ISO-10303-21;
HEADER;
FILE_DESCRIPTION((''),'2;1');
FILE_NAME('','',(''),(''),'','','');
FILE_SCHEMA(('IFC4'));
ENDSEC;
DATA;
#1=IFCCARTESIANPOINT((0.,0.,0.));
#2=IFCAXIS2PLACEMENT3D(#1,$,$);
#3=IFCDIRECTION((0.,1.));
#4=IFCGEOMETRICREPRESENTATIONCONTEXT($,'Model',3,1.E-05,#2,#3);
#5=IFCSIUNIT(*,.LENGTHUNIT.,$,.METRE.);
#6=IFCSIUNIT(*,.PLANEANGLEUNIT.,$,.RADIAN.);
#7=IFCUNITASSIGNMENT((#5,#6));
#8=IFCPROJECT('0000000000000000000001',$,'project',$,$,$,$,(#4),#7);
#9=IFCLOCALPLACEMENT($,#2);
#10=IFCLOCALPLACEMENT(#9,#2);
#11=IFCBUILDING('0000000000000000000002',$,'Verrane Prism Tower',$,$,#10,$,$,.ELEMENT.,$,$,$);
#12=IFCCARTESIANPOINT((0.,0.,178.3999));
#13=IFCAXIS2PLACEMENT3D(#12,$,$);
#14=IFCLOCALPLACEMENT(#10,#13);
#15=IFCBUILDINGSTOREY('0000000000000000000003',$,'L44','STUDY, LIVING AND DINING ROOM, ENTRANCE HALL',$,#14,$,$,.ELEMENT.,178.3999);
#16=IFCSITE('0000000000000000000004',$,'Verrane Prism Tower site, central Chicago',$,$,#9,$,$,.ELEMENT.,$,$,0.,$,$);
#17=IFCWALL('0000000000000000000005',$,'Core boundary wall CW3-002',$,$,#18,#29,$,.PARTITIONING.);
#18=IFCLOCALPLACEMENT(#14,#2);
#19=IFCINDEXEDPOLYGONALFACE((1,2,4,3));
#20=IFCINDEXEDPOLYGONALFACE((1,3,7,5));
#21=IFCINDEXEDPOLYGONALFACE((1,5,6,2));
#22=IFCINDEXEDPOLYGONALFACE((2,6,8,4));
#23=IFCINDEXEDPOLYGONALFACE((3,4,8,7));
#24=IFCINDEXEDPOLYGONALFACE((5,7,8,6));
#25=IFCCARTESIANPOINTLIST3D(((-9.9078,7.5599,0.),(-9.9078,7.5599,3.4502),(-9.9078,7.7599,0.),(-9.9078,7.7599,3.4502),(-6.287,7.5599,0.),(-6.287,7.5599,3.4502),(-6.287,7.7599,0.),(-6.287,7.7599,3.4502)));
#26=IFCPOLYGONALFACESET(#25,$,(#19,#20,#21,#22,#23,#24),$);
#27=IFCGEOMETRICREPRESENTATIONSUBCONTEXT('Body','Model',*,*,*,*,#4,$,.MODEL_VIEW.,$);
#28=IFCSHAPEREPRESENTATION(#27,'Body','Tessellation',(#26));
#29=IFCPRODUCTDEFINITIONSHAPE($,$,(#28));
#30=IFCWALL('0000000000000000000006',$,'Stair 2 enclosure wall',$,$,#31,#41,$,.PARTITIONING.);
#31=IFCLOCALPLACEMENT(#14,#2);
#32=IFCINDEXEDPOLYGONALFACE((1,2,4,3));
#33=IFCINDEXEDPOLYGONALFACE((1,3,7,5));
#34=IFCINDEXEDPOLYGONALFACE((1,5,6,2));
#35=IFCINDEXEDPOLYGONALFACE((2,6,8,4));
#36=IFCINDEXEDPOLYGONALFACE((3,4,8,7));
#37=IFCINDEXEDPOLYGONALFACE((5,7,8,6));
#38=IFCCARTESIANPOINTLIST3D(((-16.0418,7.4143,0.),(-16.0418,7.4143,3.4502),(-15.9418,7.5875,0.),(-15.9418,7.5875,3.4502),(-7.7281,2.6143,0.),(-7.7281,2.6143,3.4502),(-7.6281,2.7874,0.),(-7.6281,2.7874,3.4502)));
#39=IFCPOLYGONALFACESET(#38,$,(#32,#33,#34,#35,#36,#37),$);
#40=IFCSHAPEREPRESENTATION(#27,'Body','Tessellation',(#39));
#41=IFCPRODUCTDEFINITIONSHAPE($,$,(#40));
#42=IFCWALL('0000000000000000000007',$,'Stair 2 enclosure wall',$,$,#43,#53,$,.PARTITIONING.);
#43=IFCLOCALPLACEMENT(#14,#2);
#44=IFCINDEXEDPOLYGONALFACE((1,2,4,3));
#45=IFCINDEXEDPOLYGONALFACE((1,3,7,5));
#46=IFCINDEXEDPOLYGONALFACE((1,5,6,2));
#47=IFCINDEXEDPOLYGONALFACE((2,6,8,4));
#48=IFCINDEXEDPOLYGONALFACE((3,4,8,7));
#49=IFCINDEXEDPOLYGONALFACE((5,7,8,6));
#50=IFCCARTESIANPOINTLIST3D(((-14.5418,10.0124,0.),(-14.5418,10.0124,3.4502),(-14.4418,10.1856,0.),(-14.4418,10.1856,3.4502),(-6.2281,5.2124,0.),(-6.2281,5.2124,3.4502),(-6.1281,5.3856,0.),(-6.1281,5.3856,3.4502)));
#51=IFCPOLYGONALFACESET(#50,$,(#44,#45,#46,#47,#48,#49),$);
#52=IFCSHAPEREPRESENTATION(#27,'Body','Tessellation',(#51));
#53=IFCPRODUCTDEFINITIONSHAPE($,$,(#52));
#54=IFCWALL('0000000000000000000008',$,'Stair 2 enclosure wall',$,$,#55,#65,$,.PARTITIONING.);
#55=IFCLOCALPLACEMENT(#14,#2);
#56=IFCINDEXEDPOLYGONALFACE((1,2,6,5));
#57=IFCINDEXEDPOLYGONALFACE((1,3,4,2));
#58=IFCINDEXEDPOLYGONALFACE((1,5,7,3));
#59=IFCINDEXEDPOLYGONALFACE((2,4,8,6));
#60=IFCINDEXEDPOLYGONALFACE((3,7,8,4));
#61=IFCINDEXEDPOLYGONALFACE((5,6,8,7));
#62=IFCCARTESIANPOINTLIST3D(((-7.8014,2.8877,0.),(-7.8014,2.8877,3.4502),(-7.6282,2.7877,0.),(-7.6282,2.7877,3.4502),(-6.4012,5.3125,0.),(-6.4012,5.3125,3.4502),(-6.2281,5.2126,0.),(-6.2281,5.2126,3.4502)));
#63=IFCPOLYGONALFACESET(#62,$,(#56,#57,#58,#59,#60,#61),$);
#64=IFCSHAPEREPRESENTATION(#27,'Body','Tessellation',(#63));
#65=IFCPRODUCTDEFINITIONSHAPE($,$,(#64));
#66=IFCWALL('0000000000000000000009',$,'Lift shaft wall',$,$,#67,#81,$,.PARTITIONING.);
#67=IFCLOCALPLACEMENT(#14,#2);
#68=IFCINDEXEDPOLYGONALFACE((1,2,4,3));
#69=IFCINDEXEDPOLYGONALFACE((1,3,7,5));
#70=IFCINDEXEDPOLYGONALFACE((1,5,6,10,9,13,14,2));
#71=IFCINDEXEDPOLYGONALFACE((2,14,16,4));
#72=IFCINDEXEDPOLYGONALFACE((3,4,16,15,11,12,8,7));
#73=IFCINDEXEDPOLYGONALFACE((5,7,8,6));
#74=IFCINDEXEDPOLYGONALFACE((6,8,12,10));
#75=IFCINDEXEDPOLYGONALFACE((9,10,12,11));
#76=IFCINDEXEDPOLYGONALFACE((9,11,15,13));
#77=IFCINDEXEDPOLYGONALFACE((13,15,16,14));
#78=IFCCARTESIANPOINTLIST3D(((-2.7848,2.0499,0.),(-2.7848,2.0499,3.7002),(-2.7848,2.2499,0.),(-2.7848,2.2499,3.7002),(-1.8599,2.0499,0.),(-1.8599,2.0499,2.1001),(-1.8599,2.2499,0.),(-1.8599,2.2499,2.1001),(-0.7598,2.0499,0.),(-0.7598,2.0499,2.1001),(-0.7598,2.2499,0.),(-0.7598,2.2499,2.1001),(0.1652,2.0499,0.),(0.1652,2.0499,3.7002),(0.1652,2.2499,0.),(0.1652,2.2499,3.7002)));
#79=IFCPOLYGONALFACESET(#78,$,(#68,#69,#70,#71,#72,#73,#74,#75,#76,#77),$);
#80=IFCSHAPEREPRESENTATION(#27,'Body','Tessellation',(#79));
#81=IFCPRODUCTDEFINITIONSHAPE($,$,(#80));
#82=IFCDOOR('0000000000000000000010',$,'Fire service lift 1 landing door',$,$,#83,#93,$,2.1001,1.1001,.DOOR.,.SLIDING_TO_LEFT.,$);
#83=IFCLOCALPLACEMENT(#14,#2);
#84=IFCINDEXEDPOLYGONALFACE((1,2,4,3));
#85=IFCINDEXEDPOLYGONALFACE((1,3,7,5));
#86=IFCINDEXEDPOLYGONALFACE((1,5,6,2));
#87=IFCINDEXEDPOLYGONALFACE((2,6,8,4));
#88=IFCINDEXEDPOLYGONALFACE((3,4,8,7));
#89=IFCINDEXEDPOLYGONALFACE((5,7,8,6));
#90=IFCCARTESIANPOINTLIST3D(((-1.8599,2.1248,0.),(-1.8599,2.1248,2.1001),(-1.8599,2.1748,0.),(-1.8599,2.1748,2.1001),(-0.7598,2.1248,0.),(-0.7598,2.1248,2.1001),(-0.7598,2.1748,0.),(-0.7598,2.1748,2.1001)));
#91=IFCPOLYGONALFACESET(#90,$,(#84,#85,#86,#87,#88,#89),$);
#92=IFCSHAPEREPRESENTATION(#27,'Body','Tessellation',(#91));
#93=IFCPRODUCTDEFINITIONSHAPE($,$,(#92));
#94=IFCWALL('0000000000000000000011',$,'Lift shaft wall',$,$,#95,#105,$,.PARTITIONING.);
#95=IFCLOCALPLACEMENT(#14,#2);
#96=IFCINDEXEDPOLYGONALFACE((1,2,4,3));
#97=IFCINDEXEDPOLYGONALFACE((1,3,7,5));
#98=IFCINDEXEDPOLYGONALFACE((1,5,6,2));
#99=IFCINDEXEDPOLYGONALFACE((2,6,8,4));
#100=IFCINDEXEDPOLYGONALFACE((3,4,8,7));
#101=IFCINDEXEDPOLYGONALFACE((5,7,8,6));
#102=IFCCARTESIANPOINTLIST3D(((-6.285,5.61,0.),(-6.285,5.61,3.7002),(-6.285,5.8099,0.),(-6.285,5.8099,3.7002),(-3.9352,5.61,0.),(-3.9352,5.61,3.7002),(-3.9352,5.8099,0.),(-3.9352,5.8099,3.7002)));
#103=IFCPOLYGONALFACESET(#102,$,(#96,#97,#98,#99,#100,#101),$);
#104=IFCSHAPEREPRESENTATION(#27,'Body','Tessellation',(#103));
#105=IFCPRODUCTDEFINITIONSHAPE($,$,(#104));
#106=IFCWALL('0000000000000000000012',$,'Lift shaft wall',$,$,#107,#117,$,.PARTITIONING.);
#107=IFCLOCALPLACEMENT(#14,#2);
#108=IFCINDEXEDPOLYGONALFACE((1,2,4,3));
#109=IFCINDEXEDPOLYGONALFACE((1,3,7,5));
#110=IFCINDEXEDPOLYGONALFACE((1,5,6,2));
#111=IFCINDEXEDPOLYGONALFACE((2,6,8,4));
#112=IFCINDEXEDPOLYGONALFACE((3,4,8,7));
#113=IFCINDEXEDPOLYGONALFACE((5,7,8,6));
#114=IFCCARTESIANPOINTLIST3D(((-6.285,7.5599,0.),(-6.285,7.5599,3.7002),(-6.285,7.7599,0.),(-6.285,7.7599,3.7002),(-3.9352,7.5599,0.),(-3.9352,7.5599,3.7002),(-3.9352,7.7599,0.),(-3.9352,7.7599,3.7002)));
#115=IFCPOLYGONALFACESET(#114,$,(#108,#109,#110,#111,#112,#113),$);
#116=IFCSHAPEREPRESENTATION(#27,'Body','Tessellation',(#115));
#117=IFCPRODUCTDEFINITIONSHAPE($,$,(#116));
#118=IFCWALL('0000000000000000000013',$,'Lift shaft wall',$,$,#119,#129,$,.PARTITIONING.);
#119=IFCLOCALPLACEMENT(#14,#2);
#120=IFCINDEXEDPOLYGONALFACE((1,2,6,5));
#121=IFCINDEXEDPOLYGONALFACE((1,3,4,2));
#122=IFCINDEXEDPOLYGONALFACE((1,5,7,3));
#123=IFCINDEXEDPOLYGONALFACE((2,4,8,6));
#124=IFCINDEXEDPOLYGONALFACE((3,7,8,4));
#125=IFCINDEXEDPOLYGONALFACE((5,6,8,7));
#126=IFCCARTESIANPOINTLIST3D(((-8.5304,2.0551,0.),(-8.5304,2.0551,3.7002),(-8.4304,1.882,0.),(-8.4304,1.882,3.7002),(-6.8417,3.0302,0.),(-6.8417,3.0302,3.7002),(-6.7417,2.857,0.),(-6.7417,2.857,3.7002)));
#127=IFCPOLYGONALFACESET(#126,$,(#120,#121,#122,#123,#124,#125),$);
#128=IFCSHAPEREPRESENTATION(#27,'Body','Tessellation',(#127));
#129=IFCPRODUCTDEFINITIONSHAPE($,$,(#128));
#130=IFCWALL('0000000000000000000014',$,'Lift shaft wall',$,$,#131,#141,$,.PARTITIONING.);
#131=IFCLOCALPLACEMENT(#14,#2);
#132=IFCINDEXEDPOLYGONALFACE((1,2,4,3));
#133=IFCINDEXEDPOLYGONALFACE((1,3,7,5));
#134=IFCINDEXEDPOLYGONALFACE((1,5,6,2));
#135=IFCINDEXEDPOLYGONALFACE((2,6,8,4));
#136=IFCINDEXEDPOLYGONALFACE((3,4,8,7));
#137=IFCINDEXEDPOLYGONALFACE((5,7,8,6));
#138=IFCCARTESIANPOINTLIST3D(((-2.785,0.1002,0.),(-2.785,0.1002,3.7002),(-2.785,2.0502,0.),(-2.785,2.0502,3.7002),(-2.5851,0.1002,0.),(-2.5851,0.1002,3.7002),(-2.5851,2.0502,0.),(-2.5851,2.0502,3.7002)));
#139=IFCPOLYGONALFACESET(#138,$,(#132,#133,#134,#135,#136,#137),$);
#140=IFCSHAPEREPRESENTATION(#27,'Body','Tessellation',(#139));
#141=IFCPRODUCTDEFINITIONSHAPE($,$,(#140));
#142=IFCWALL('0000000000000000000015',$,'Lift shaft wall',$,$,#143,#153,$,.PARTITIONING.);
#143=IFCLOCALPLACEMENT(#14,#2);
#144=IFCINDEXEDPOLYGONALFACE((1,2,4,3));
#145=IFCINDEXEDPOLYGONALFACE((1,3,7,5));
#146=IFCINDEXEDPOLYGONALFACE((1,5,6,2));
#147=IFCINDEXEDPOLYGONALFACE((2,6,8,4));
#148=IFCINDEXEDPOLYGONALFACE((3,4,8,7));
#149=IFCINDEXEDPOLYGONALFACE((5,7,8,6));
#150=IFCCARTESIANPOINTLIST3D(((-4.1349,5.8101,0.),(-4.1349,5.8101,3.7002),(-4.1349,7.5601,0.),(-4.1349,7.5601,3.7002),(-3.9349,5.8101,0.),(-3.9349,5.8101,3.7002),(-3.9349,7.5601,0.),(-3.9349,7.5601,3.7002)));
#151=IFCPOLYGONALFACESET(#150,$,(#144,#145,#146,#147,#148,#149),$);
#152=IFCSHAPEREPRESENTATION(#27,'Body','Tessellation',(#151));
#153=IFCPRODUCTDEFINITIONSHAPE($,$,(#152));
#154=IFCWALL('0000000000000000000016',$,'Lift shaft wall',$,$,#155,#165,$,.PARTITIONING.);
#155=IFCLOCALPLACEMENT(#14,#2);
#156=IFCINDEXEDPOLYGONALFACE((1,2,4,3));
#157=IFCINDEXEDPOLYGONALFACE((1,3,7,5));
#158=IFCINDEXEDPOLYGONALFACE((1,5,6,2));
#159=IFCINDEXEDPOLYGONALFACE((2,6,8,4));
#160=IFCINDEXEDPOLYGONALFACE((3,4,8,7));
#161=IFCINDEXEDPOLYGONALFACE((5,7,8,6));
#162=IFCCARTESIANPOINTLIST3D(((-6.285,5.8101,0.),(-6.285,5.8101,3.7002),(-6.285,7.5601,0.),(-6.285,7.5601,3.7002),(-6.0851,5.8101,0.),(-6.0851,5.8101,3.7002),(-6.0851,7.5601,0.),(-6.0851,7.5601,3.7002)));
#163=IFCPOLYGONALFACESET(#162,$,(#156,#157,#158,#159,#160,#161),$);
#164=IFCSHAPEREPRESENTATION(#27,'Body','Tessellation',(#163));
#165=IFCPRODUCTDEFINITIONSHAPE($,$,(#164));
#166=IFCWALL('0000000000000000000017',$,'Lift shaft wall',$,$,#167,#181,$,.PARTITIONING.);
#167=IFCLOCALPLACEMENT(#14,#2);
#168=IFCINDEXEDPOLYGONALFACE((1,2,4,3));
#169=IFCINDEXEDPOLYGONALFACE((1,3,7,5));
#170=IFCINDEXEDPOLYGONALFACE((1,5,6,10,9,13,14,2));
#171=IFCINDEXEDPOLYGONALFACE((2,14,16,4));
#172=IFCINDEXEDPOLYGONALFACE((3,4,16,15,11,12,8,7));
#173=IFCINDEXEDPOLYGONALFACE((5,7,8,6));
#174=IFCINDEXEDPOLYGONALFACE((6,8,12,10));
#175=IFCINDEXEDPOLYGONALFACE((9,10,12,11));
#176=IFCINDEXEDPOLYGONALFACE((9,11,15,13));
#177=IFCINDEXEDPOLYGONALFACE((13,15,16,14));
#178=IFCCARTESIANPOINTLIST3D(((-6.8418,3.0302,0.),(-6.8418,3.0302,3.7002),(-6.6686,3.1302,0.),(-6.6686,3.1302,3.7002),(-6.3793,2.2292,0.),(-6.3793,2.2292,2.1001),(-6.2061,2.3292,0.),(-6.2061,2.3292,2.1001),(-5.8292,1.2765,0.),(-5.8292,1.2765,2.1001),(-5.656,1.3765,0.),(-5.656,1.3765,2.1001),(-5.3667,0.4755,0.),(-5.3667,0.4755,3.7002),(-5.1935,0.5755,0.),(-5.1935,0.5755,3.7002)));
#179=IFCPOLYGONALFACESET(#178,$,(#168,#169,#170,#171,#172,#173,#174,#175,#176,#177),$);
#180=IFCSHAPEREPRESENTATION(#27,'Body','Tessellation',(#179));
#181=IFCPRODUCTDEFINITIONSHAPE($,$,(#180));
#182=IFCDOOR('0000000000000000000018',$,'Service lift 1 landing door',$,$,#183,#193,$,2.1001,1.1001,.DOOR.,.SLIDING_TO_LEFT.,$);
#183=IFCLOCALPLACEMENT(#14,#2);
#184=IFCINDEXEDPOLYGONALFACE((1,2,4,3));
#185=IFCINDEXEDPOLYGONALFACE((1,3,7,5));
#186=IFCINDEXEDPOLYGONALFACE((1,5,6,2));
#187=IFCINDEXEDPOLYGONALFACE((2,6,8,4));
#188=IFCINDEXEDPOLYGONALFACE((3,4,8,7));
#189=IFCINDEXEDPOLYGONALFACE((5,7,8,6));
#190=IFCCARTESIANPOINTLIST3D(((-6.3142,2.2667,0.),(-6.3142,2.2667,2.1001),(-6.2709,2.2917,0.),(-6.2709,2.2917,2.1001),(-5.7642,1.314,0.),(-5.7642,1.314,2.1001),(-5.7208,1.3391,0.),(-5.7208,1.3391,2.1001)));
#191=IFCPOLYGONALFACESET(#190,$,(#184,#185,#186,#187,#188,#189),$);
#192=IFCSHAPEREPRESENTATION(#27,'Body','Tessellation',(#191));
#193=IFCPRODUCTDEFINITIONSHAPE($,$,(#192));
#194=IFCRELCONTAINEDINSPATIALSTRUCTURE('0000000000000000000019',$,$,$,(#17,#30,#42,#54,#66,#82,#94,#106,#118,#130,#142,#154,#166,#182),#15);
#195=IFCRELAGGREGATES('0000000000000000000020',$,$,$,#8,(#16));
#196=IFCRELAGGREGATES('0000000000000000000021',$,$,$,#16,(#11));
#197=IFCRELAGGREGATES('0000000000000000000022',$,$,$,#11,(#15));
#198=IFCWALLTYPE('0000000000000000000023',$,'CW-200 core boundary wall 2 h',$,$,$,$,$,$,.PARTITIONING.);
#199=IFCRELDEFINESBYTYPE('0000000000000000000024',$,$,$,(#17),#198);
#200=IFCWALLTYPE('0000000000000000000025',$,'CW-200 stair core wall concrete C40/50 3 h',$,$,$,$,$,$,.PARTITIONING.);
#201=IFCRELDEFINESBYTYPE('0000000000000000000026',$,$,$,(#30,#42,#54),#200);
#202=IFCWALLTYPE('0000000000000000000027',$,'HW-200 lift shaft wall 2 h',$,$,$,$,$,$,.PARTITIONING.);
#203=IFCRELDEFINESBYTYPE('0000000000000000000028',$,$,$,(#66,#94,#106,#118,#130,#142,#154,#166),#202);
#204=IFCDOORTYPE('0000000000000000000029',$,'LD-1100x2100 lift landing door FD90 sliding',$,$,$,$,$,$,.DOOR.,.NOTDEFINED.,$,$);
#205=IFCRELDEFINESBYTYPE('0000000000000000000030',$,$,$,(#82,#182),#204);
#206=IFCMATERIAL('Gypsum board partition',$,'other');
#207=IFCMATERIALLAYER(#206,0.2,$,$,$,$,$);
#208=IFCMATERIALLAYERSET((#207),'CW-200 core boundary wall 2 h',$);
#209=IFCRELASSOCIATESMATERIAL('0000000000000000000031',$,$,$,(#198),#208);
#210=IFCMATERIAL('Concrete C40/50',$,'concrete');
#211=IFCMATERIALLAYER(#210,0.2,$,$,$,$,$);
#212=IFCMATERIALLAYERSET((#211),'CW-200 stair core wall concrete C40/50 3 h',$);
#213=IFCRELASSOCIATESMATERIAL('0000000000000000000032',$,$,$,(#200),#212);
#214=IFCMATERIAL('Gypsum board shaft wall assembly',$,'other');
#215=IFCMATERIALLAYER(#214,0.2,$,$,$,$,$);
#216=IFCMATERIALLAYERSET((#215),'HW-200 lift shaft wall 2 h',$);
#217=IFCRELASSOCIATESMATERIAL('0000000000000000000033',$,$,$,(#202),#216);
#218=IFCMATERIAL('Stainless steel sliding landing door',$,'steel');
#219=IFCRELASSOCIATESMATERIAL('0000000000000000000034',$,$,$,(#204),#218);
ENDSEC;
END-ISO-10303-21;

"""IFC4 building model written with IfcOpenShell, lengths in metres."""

from ifc_helpers import new_model, si_unit, direction, frame, frame_2d, origin, place, context, subcontext, project, spatial, rectangle, extrude, material, layer, layer_set, type_object, element, fill, save


model = new_model("IFC4")

# Units and contexts
model_context = context("Model", 3, precision=1e-05, world=origin(), true_north=direction((0.0, 1.0)))
body_context = subcontext(model_context, "Body", "Model", "MODEL_VIEW")
ifc_project = project(units=[si_unit("LENGTHUNIT", "METRE"), si_unit("PLANEANGLEUNIT", "RADIAN")], contexts=[model_context])

# Site, building, storey
site_placement = place(None, origin())
site = spatial("IfcSite", under=ifc_project, at=site_placement, Name="Verrane Prism Tower site, central Chicago", CompositionType="ELEMENT", RefElevation=0.0)
building_placement = place(site_placement, origin())
building = spatial("IfcBuilding", under=site, at=building_placement, Name="Verrane Prism Tower", CompositionType="ELEMENT")
storey_placement = place(building_placement, frame((0.0, 0.0, 178.3999)))
storey = spatial("IfcBuildingStorey", under=building, at=storey_placement, Name="L44", Description="STUDY, LIVING AND DINING ROOM, ENTRANCE HALL", CompositionType="ELEMENT", Elevation=178.3999)

# Shared definitions
ifc_material_1 = material(Name="Gypsum board partition", Category="other")
ifc_layer_1 = layer(ifc_material_1, 0.2)
ifc_layer_set_1 = layer_set([ifc_layer_1], Name="CW-200 core boundary wall 2 h")
wall_type_1 = type_object("IfcWallType", Name="CW-200 core boundary wall 2 h", PredefinedType="PARTITIONING", material=ifc_layer_set_1)

# Walls
wall_1_placement = place(storey_placement, frame((-9.908, 7.6599, 0.0), z_axis=(0.0, 0.0, 1.0), x_axis=(1.0, 0.0, 0.0)))
element("IfcWall", 1, at=wall_1_placement, inside=storey, type_object=wall_type_1, Name="Core boundary wall CW3-002", PredefinedType="PARTITIONING", context=body_context, shape_type="SweptSolid", body=[
    extrude(rectangle(XDim=3.6208, YDim=0.2, at=frame_2d((1.8105, 0.0))), origin(), (0.0, 0.0, 1.0), 3.4502),
])
ifc_material_2 = material(Name="Concrete C40/50", Category="concrete")
ifc_layer_2 = layer(ifc_material_2, 0.2)
ifc_layer_set_2 = layer_set([ifc_layer_2], Name="CW-200 stair core wall concrete C40/50 3 h")
wall_type_2 = type_object("IfcWallType", Name="CW-200 stair core wall concrete C40/50 3 h", PredefinedType="PARTITIONING", material=ifc_layer_set_2)
for number, where, z_axis, x_axis, name in (
    (2, (-7.6782, 2.7009, 0.0), (0.0, 0.0, 1.0), (-0.86602, 0.500009, 0.0), "Stair 2 enclosure wall"),
    (3, (-6.1782, 5.2991, 0.0), (0.0, 0.0, 1.0), (-0.86602, 0.500009, 0.0), "Stair 2 enclosure wall"),
):
    element("IfcWall", number, at=place(storey_placement, frame(where, z_axis=z_axis, x_axis=x_axis)), inside=storey, type_object=wall_type_2, Name=name, PredefinedType="PARTITIONING", context=body_context, shape_type="SweptSolid", body=[
        extrude(rectangle(XDim=9.5999, YDim=0.2, at=frame_2d((4.7998, 0.0))), origin(), (0.0, 0.0, 1.0), 3.4502),
    ])
wall_2_placement = place(storey_placement, frame((-6.3147, 5.2625, 0.0), z_axis=(0.0, 0.0, 1.0), x_axis=(-0.50005, -0.865997, 0.0)))
element("IfcWall", 4, at=wall_2_placement, inside=storey, type_object=wall_type_2, Name="Stair 2 enclosure wall", PredefinedType="PARTITIONING", context=body_context, shape_type="SweptSolid", body=[
    extrude(rectangle(XDim=2.8, YDim=0.2, at=frame_2d((1.3999, 0.0))), origin(), (0.0, 0.0, 1.0), 3.4502),
])

# Wall, opening, door
ifc_material_3 = material(Name="Gypsum board shaft wall assembly", Category="other")
ifc_layer_3 = layer(ifc_material_3, 0.2)
ifc_layer_set_3 = layer_set([ifc_layer_3], Name="HW-200 lift shaft wall 2 h")
wall_type_3 = type_object("IfcWallType", Name="HW-200 lift shaft wall 2 h", PredefinedType="PARTITIONING", material=ifc_layer_set_3)
wall_3_placement = place(storey_placement, frame((-2.7849, 2.1499, 0.0), z_axis=(0.0, 0.0, 1.0), x_axis=(1.0, 0.0, 0.0)))
wall_3 = element("IfcWall", 5, at=wall_3_placement, inside=storey, type_object=wall_type_3, Name="Lift shaft wall", PredefinedType="PARTITIONING", context=body_context, shape_type="SweptSolid", body=[
    extrude(rectangle(XDim=2.95, YDim=0.2, at=frame_2d((1.4751, 0.0))), origin(), (0.0, 0.0, 1.0), 3.7002),
])
opening_1_placement = place(wall_3_placement, frame((0.925, 0.0, 0.0)))
opening_1 = element("IfcOpeningElement", 6, at=opening_1_placement, cuts=wall_3, PredefinedType="OPENING", context=body_context, shape_type="SweptSolid", body=[
    extrude(rectangle(XDim=1.1001, YDim=2.1001, at=frame_2d((0.55, 1.05))), frame((0.0, 0.1099, 0.0), z_axis=(0.0, -1.0, 0.0), x_axis=(1.0, 0.0, 0.0)), (0.0, 0.0, 1.0), 0.22),
])
ifc_material_4 = material(Name="Stainless steel sliding landing door", Category="steel")
door_type_1 = type_object("IfcDoorType", Name="LD-1100x2100 lift landing door FD90 sliding", OperationType="NOTDEFINED", PredefinedType="DOOR", material=ifc_material_4)
door_1_placement = place(opening_1_placement, origin())
door_1 = element("IfcDoor", 7, at=door_1_placement, inside=storey, type_object=door_type_1, Name="Fire service lift 1 landing door", OperationType="SLIDING_TO_LEFT", OverallHeight=2.1001, OverallWidth=1.1001, PredefinedType="DOOR", context=body_context, shape_type="SweptSolid", body=[
    extrude(rectangle(XDim=1.1001, YDim=2.1001, at=frame_2d((0.55, 1.05))), frame((0.0, 0.0249, 0.0), z_axis=(0.0, -1.0, 0.0), x_axis=(1.0, 0.0, 0.0)), (0.0, 0.0, 1.0), 0.05),
])
fill(opening_1, door_1)

# Walls
for number, where, z_axis, x_axis, name in (
    (8, (-6.2849, 5.71, 0.0), (0.0, 0.0, 1.0), (1.0, 0.0, 0.0), "Lift shaft wall"),
    (9, (-6.2849, 7.6599, 0.0), (0.0, 0.0, 1.0), (1.0, 0.0, 0.0), "Lift shaft wall"),
):
    element("IfcWall", number, at=place(storey_placement, frame(where, z_axis=z_axis, x_axis=x_axis)), inside=storey, type_object=wall_type_3, Name=name, PredefinedType="PARTITIONING", context=body_context, shape_type="SweptSolid", body=[
        extrude(rectangle(XDim=2.3499, YDim=0.2, at=frame_2d((1.1748, 0.0))), origin(), (0.0, 0.0, 1.0), 3.7002),
    ])
for number, where, z_axis, x_axis, name in (
    (10, (-8.4805, 1.9685, 0.0), (0.0, 0.0, 1.0), (0.866, 0.500044, 0.0), "Lift shaft wall"),
    (11, (-2.6851, 0.1001, 0.0), (0.0, 0.0, 1.0), (0.0, 1.0, 0.0), "Lift shaft wall"),
):
    element("IfcWall", number, at=place(storey_placement, frame(where, z_axis=z_axis, x_axis=x_axis)), inside=storey, type_object=wall_type_3, Name=name, PredefinedType="PARTITIONING", context=body_context, shape_type="SweptSolid", body=[
        extrude(rectangle(XDim=1.95, YDim=0.2, at=frame_2d((0.9751, 0.0))), origin(), (0.0, 0.0, 1.0), 3.7002),
    ])
for number, where, z_axis, x_axis, name in (
    (12, (-4.0349, 5.8101, 0.0), (0.0, 0.0, 1.0), (0.0, 1.0, 0.0), "Lift shaft wall"),
    (13, (-6.1851, 5.8101, 0.0), (0.0, 0.0, 1.0), (0.0, 1.0, 0.0), "Lift shaft wall"),
):
    element("IfcWall", number, at=place(storey_placement, frame(where, z_axis=z_axis, x_axis=x_axis)), inside=storey, type_object=wall_type_3, Name=name, PredefinedType="PARTITIONING", context=body_context, shape_type="SweptSolid", body=[
        extrude(rectangle(XDim=1.75, YDim=0.2, at=frame_2d((0.875, 0.0))), origin(), (0.0, 0.0, 1.0), 3.7002),
    ])

# Wall, opening, door
wall_4_placement = place(storey_placement, frame((-5.28, 0.5254, 0.0), z_axis=(0.0, 0.0, 1.0), x_axis=(-0.500038, 0.866004, 0.0)))
wall_4 = element("IfcWall", 14, at=wall_4_placement, inside=storey, type_object=wall_type_3, Name="Lift shaft wall", PredefinedType="PARTITIONING", context=body_context, shape_type="SweptSolid", body=[
    extrude(rectangle(XDim=2.95, YDim=0.2, at=frame_2d((1.4751, 0.0))), origin(), (0.0, 0.0, 1.0), 3.7002),
])
opening_2_placement = place(wall_4_placement, frame((0.925, 0.0, 0.0)))
opening_2 = element("IfcOpeningElement", 15, at=opening_2_placement, cuts=wall_4, PredefinedType="OPENING", context=body_context, shape_type="SweptSolid", body=[
    extrude(rectangle(XDim=1.1001, YDim=2.1001, at=frame_2d((0.55, 1.05))), frame((0.0, 0.1099, 0.0), z_axis=(0.0, -1.0, 0.0), x_axis=(1.0, 0.0, 0.0)), (0.0, 0.0, 1.0), 0.22),
])
door_2_placement = place(opening_2_placement, origin())
door_2 = element("IfcDoor", 16, at=door_2_placement, inside=storey, type_object=door_type_1, Name="Service lift 1 landing door", OperationType="SLIDING_TO_LEFT", OverallHeight=2.1001, OverallWidth=1.1001, PredefinedType="DOOR", context=body_context, shape_type="SweptSolid", body=[
    extrude(rectangle(XDim=1.1001, YDim=2.1001, at=frame_2d((0.55, 1.05))), frame((0.0, 0.0249, 0.0), z_axis=(0.0, -1.0, 0.0), x_axis=(1.0, 0.0, 0.0)), (0.0, 0.0, 1.0), 0.05),
])
fill(opening_2, door_2)

save(model, "model.ifc")
